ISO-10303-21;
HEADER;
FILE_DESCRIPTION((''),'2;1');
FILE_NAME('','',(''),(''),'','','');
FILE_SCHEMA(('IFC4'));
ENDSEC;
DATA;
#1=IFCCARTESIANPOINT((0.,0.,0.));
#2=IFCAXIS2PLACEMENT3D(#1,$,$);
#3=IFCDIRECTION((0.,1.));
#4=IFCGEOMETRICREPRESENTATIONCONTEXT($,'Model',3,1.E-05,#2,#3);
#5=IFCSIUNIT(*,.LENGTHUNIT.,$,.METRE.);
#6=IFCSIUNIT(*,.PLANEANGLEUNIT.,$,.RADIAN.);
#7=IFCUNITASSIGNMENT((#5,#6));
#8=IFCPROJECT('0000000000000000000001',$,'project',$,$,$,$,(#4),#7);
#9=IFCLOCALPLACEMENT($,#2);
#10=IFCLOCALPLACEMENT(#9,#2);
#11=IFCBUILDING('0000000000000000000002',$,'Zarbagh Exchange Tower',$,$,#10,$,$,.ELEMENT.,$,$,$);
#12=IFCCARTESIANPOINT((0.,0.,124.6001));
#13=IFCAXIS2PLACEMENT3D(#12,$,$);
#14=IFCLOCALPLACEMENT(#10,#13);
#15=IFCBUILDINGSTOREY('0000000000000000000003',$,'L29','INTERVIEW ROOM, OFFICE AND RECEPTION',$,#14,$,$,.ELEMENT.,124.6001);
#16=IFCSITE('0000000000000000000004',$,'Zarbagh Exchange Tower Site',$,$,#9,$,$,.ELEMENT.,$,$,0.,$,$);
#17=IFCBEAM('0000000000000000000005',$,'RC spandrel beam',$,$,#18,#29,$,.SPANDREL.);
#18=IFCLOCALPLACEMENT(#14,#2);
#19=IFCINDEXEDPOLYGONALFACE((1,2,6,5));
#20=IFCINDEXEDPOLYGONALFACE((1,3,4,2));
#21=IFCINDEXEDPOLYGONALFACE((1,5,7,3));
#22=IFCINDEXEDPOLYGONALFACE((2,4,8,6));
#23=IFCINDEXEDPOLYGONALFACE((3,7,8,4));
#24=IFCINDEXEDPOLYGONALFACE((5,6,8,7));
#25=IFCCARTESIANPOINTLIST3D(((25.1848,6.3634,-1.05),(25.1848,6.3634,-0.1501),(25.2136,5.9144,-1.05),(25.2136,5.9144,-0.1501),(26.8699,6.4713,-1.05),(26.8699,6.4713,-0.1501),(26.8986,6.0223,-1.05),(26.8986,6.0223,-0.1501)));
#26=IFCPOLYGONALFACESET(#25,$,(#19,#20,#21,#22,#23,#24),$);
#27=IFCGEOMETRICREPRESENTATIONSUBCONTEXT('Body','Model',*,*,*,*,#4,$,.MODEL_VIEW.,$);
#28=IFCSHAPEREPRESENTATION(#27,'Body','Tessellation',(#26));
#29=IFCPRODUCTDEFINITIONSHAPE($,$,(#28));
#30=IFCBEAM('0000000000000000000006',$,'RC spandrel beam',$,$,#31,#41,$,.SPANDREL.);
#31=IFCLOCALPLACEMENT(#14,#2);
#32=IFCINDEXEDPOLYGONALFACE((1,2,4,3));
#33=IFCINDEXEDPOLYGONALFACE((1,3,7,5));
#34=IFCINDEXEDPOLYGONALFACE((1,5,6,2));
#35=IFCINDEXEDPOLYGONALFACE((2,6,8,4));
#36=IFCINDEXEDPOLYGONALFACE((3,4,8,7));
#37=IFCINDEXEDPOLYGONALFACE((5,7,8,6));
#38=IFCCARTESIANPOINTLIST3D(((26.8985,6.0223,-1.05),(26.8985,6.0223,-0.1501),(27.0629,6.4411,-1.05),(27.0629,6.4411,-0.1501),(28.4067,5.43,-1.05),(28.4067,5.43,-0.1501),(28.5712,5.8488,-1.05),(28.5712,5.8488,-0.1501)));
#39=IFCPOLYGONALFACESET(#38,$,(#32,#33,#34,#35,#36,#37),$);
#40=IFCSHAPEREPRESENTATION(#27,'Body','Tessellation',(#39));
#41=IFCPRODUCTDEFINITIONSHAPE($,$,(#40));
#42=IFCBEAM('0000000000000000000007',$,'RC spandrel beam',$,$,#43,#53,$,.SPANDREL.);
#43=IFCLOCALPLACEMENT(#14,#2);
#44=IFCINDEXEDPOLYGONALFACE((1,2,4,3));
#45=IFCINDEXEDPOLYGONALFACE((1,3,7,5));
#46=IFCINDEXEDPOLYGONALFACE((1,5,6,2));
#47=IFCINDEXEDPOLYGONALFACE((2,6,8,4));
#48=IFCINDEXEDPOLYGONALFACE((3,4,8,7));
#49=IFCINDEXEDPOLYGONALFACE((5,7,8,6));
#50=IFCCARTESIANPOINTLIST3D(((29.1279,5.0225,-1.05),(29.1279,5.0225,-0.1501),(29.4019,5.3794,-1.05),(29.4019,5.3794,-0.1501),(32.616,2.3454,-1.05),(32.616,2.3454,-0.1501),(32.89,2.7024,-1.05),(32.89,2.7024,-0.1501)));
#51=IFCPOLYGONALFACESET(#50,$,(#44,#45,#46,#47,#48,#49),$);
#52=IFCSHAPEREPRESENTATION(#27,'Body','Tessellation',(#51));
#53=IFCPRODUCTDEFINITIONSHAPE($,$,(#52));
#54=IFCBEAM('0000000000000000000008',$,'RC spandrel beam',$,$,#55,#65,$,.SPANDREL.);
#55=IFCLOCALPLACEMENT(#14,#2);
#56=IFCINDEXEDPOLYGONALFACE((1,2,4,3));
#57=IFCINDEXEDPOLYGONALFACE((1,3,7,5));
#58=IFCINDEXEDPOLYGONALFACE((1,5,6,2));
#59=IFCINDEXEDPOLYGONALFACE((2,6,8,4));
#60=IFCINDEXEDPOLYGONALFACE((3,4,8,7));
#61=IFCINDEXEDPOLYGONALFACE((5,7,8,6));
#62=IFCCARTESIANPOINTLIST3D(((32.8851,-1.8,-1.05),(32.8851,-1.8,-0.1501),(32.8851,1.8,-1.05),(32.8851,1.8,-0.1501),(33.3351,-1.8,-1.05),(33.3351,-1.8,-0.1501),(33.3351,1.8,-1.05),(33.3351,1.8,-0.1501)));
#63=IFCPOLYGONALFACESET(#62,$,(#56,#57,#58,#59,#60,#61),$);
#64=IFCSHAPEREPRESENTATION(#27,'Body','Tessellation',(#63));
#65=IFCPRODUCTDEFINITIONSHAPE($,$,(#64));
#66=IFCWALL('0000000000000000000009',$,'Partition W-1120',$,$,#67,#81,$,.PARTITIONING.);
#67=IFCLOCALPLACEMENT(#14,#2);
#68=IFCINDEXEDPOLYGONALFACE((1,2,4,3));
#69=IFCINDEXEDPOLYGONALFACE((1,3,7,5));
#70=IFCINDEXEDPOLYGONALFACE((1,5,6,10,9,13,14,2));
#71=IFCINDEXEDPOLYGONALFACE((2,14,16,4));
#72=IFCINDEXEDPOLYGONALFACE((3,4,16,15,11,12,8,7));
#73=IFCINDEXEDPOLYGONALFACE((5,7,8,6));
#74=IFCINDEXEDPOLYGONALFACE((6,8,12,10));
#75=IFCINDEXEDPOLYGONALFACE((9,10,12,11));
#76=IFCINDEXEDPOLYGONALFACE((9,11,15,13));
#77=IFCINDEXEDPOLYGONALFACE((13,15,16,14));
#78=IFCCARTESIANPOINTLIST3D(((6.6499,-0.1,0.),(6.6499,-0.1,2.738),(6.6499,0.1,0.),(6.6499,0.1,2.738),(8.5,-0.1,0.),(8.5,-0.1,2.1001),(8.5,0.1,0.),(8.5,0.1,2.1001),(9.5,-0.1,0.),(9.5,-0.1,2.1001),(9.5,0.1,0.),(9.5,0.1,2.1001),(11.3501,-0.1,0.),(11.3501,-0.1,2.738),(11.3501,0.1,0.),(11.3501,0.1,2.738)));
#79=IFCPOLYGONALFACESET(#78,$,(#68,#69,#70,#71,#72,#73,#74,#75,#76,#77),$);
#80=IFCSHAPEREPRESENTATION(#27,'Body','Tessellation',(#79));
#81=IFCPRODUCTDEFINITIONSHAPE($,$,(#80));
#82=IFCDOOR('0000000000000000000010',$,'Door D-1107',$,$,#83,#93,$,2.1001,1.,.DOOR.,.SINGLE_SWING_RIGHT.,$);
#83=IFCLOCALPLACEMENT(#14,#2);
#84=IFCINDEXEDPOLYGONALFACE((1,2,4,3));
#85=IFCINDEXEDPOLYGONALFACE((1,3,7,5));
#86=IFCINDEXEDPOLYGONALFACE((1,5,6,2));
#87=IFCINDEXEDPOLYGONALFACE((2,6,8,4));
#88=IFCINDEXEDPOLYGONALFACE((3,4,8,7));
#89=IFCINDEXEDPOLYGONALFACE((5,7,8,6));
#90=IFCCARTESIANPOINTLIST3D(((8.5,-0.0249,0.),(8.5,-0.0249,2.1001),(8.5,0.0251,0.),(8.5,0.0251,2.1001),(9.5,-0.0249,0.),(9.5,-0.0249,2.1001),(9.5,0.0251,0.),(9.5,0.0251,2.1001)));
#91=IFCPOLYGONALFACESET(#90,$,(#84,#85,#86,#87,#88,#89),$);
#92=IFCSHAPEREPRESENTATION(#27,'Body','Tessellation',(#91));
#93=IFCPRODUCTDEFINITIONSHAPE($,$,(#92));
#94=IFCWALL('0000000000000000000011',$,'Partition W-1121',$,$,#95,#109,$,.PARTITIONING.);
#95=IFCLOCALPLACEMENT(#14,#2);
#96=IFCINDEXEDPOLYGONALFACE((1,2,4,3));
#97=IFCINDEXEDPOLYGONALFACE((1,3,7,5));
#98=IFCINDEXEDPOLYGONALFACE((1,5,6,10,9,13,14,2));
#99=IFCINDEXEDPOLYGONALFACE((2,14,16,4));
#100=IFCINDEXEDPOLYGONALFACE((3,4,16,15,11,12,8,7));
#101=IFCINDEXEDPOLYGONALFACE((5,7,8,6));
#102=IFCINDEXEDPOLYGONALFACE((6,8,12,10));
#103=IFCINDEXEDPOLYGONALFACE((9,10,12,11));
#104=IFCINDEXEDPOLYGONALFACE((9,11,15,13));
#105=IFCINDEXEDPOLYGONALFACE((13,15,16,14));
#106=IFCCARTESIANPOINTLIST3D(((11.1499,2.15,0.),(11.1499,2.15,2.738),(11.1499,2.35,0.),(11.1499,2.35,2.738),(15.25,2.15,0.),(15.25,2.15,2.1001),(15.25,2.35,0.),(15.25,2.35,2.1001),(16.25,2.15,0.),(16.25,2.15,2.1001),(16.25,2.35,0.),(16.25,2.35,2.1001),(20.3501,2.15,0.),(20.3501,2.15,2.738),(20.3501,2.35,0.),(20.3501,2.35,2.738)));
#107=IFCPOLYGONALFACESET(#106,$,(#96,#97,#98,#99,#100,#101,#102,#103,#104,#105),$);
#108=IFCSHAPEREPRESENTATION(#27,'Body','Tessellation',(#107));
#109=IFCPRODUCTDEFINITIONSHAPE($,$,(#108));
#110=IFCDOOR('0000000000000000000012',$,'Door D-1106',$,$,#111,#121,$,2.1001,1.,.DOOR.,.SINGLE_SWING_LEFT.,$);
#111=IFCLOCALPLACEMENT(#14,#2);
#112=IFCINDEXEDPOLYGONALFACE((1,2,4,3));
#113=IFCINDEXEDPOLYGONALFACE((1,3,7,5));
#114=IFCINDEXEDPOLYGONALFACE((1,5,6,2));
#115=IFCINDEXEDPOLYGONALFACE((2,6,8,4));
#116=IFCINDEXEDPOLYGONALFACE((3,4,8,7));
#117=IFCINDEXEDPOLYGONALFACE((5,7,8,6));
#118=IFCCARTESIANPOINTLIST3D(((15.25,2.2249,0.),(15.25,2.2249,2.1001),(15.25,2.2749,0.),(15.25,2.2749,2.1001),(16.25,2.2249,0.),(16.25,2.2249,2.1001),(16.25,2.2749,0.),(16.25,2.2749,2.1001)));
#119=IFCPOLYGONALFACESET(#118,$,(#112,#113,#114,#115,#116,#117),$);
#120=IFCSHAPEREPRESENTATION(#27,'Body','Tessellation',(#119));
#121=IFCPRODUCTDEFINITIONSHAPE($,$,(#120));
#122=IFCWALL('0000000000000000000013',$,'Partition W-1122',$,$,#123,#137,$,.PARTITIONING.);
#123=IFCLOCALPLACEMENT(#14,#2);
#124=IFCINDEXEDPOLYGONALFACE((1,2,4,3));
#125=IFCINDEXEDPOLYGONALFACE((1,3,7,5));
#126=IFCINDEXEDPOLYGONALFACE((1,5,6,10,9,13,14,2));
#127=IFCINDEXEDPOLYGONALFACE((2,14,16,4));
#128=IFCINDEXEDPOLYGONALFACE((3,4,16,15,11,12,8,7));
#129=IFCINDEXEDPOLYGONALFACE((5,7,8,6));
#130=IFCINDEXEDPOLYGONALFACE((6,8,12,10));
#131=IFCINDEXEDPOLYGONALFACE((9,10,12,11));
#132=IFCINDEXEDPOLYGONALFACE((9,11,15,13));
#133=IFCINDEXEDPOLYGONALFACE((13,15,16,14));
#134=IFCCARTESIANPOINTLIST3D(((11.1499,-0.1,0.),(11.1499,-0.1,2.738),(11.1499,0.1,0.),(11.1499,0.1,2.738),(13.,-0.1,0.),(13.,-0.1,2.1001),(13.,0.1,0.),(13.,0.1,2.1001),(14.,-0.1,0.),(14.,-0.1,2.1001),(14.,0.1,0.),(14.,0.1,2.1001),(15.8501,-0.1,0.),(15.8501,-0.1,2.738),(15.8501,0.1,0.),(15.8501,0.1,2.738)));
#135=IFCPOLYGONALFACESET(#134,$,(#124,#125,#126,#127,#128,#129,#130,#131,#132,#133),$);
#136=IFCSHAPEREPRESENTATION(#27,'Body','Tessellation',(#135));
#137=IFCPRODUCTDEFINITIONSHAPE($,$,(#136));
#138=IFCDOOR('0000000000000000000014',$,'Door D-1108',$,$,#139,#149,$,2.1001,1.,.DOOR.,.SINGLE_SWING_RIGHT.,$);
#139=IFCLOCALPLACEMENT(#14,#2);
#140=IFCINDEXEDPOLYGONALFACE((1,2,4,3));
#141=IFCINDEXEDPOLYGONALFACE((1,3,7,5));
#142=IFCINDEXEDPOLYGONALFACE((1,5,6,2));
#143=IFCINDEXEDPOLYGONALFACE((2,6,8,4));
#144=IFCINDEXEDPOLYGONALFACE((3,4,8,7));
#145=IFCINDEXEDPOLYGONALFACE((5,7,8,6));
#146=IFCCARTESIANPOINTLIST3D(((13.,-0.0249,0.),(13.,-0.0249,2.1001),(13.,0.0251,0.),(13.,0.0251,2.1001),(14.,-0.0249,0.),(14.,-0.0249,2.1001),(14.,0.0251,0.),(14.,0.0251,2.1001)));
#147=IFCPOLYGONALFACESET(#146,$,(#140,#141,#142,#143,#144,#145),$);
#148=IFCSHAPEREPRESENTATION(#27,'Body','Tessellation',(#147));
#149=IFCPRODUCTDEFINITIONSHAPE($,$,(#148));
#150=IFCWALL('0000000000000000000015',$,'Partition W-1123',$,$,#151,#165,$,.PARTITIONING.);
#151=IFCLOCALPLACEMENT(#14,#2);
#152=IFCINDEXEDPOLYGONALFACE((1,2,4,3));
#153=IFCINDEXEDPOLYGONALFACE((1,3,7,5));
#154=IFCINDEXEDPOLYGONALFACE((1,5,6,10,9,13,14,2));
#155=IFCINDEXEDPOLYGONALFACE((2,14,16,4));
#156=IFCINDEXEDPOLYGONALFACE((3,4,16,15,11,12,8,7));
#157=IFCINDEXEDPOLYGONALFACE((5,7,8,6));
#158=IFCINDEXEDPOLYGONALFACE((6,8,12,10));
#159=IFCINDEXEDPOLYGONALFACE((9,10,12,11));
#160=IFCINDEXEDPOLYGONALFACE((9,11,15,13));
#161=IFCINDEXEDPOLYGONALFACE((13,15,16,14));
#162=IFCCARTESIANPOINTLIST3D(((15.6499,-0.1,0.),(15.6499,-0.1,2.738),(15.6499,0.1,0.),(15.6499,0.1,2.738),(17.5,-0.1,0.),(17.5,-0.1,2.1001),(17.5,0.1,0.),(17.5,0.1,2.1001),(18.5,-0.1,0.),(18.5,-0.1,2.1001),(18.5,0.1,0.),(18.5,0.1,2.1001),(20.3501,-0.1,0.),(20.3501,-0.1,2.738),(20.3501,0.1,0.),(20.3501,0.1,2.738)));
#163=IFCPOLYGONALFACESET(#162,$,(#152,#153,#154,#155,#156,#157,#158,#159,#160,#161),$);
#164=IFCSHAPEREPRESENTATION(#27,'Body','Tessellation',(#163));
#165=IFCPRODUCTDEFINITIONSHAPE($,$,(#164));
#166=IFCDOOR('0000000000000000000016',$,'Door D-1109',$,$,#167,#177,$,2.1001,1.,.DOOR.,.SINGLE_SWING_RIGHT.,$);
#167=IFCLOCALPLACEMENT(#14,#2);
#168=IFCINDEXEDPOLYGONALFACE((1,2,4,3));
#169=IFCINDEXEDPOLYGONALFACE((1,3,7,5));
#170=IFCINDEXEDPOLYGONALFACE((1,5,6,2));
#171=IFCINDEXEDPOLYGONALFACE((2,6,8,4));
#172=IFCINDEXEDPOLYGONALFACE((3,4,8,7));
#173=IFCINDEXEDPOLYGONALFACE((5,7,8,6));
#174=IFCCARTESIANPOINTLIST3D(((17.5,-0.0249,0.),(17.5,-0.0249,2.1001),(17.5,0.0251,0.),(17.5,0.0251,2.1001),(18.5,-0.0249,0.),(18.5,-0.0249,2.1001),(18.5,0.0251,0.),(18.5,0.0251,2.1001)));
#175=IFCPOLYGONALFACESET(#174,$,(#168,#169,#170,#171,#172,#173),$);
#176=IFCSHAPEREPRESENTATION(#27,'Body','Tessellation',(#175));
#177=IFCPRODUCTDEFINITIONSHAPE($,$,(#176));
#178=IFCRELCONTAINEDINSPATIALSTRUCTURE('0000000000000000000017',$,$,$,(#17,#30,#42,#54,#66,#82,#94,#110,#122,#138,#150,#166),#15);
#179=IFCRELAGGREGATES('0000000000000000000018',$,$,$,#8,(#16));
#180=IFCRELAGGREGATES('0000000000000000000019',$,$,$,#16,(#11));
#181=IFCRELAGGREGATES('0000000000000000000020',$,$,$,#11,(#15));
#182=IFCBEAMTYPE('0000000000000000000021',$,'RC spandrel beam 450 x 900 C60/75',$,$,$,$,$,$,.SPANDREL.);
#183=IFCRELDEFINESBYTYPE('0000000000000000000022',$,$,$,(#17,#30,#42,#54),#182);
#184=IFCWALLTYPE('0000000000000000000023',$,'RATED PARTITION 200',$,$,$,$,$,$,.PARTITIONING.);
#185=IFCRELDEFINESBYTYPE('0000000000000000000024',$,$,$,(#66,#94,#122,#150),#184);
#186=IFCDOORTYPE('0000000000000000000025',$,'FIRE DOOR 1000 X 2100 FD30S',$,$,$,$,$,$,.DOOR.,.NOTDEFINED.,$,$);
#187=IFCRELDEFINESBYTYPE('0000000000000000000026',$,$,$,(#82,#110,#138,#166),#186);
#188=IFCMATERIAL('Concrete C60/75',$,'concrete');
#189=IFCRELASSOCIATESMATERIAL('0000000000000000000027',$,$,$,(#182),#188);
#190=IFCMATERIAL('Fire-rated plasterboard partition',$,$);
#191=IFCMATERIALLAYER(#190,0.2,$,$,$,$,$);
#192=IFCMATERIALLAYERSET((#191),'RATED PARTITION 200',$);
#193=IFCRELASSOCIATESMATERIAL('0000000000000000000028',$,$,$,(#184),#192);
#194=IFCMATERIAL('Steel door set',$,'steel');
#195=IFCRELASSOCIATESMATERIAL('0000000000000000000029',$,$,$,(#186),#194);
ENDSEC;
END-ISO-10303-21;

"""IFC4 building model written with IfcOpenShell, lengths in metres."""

from ifc_helpers import new_model, si_unit, direction, frame, frame_2d, origin, origin_2d, place, context, subcontext, project, spatial, rectangle, extrude, material, layer, layer_set, material_profile, profile_set, type_object, element, fill, save


model = new_model("IFC4")

# Units and contexts
model_context = context("Model", 3, precision=1e-05, world=origin(), true_north=direction((0.0, 1.0)))
body_context = subcontext(model_context, "Body", "Model", "MODEL_VIEW")
ifc_project = project(units=[si_unit("LENGTHUNIT", "METRE"), si_unit("PLANEANGLEUNIT", "RADIAN")], contexts=[model_context])

# Site, building, storey
site_placement = place(None, origin())
site = spatial("IfcSite", under=ifc_project, at=site_placement, Name="Zarbagh Exchange Tower Site", CompositionType="ELEMENT", RefElevation=0.0)
building_placement = place(site_placement, origin())
building = spatial("IfcBuilding", under=site, at=building_placement, Name="Zarbagh Exchange Tower", CompositionType="ELEMENT")
storey_placement = place(building_placement, frame((0.0, 0.0, 124.6001)))
storey = spatial("IfcBuildingStorey", under=building, at=storey_placement, Name="L29", Description="INTERVIEW ROOM, OFFICE AND RECEPTION", CompositionType="ELEMENT", Elevation=124.6001)

# Shared definitions
ifc_material_1 = material(Name="Concrete C60/75", Category="concrete")

# Beams
ifc_material_profile_1 = material_profile(ifc_material_1, rectangle(XDim=0.45, YDim=0.8999, at=origin_2d()), Name="RC spandrel beam 450 x 900 C60/75")
ifc_profile_set_1 = profile_set([ifc_material_profile_1], Name="Concrete C60/75")
beam_type_1 = type_object("IfcBeamType", Name="RC spandrel beam 450 x 900 C60/75", PredefinedType="SPANDREL", material=ifc_profile_set_1)
beam_1_placement = place(storey_placement, frame((25.1992, 6.1389, -0.6001), z_axis=(0.997956, 0.063908, 0.0), x_axis=(-0.063908, 0.997956, 0.0)))
element("IfcBeam", 1, at=beam_1_placement, inside=storey, type_object=beam_type_1, Name="RC spandrel beam", PredefinedType="SPANDREL", context=body_context, shape_type="SweptSolid", body=[
    extrude(rectangle(XDim=0.45, YDim=0.8999, at=origin_2d()), origin(), (0.0, 0.0, 1.0), 1.6885),
])
beam_2_placement = place(storey_placement, frame((26.9807, 6.2317, -0.6001), z_axis=(0.930806, -0.365513, 0.0), x_axis=(0.365513, 0.930806, 0.0)))
element("IfcBeam", 2, at=beam_2_placement, inside=storey, type_object=beam_type_1, Name="RC spandrel beam", PredefinedType="SPANDREL", context=body_context, shape_type="SweptSolid", body=[
    extrude(rectangle(XDim=0.45, YDim=0.8999, at=origin_2d()), origin(), (0.0, 0.0, 1.0), 1.6204),
])
beam_3_placement = place(storey_placement, frame((29.2649, 5.2009, -0.6001), z_axis=(0.793294, -0.608838, 0.0), x_axis=(0.608838, 0.793294, 0.0)))
element("IfcBeam", 3, at=beam_3_placement, inside=storey, type_object=beam_type_1, Name="RC spandrel beam", PredefinedType="SPANDREL", context=body_context, shape_type="SweptSolid", body=[
    extrude(rectangle(XDim=0.45, YDim=0.8999, at=origin_2d()), origin(), (0.0, 0.0, 1.0), 4.397),
])
beam_4_placement = place(storey_placement, frame((33.1101, 1.8, -0.6001), z_axis=(0.0, -1.0, 0.0), x_axis=(1.0, 0.0, 0.0)))
element("IfcBeam", 4, at=beam_4_placement, inside=storey, type_object=beam_type_1, Name="RC spandrel beam", PredefinedType="SPANDREL", context=body_context, shape_type="SweptSolid", body=[
    extrude(rectangle(XDim=0.45, YDim=0.8999, at=origin_2d()), origin(), (0.0, 0.0, 1.0), 3.6001),
])

# Walls, openings, doors
ifc_material_2 = material(Name="Fire-rated plasterboard partition")
ifc_layer = layer(ifc_material_2, 0.2)
ifc_layer_set = layer_set([ifc_layer], Name="RATED PARTITION 200")
wall_type = type_object("IfcWallType", Name="RATED PARTITION 200", PredefinedType="PARTITIONING", material=ifc_layer_set)
wall_1_placement = place(storey_placement, frame((11.3501, 0.0, 0.0), z_axis=(0.0, 0.0, 1.0), x_axis=(-1.0, 0.0, 0.0)))
wall_1 = element("IfcWall", 5, at=wall_1_placement, inside=storey, type_object=wall_type, Name="Partition W-1120", PredefinedType="PARTITIONING", context=body_context, shape_type="SweptSolid", body=[
    extrude(rectangle(XDim=4.7002, YDim=0.2, at=frame_2d((2.3501, 0.0))), origin(), (0.0, 0.0, 1.0), 2.738),
])
opening_1_placement = place(wall_1_placement, frame((1.8501, 0.0, 0.0)))
opening_1 = element("IfcOpeningElement", 6, at=opening_1_placement, cuts=wall_1, PredefinedType="OPENING", context=body_context, shape_type="SweptSolid", body=[
    extrude(rectangle(XDim=1.0, YDim=2.1001, at=frame_2d((0.5, 1.05))), frame((0.0, 0.1099, 0.0), z_axis=(0.0, -1.0, 0.0), x_axis=(1.0, 0.0, 0.0)), (0.0, 0.0, 1.0), 0.22),
])
ifc_material_3 = material(Name="Steel door set", Category="steel")
door_type_1 = type_object("IfcDoorType", Name="FIRE DOOR 1000 X 2100 FD30S", OperationType="NOTDEFINED", PredefinedType="DOOR", material=ifc_material_3)
door_1_placement = place(opening_1_placement, origin())
door_1 = element("IfcDoor", 7, at=door_1_placement, inside=storey, type_object=door_type_1, Name="Door D-1107", OperationType="SINGLE_SWING_RIGHT", OverallHeight=2.1001, OverallWidth=1.0, PredefinedType="DOOR", context=body_context, shape_type="SweptSolid", body=[
    extrude(rectangle(XDim=1.0, YDim=2.1001, at=frame_2d((0.5, 1.05))), frame((0.0, 0.0249, 0.0), z_axis=(0.0, -1.0, 0.0), x_axis=(1.0, 0.0, 0.0)), (0.0, 0.0, 1.0), 0.05),
])
fill(opening_1, door_1)
wall_2_placement = place(storey_placement, frame((11.1499, 2.25, 0.0), z_axis=(0.0, 0.0, 1.0), x_axis=(1.0, 0.0, 0.0)))
wall_2 = element("IfcWall", 8, at=wall_2_placement, inside=storey, type_object=wall_type, Name="Partition W-1121", PredefinedType="PARTITIONING", context=body_context, shape_type="SweptSolid", body=[
    extrude(rectangle(XDim=9.2002, YDim=0.2, at=frame_2d((4.6001, 0.0))), origin(), (0.0, 0.0, 1.0), 2.738),
])
opening_2_placement = place(wall_2_placement, frame((4.1001, 0.0, 0.0)))
opening_2 = element("IfcOpeningElement", 9, at=opening_2_placement, cuts=wall_2, PredefinedType="OPENING", context=body_context, shape_type="SweptSolid", body=[
    extrude(rectangle(XDim=1.0, YDim=2.1001, at=frame_2d((0.5, 1.05))), frame((0.0, 0.1099, 0.0), z_axis=(0.0, -1.0, 0.0), x_axis=(1.0, 0.0, 0.0)), (0.0, 0.0, 1.0), 0.22),
])
door_2_placement = place(opening_2_placement, origin())
door_2 = element("IfcDoor", 10, at=door_2_placement, inside=storey, type_object=door_type_1, Name="Door D-1106", OperationType="SINGLE_SWING_LEFT", OverallHeight=2.1001, OverallWidth=1.0, PredefinedType="DOOR", context=body_context, shape_type="SweptSolid", body=[
    extrude(rectangle(XDim=1.0, YDim=2.1001, at=frame_2d((0.5, 1.05))), frame((0.0, 0.0249, 0.0), z_axis=(0.0, -1.0, 0.0), x_axis=(1.0, 0.0, 0.0)), (0.0, 0.0, 1.0), 0.05),
])
fill(opening_2, door_2)
wall_3_placement = place(storey_placement, frame((15.8501, 0.0, 0.0), z_axis=(0.0, 0.0, 1.0), x_axis=(-1.0, 0.0, 0.0)))
wall_3 = element("IfcWall", 11, at=wall_3_placement, inside=storey, type_object=wall_type, Name="Partition W-1122", PredefinedType="PARTITIONING", context=body_context, shape_type="SweptSolid", body=[
    extrude(rectangle(XDim=4.7002, YDim=0.2, at=frame_2d((2.3501, 0.0))), origin(), (0.0, 0.0, 1.0), 2.738),
])
opening_3_placement = place(wall_3_placement, frame((1.8501, 0.0, 0.0)))
opening_3 = element("IfcOpeningElement", 12, at=opening_3_placement, cuts=wall_3, PredefinedType="OPENING", context=body_context, shape_type="SweptSolid", body=[
    extrude(rectangle(XDim=1.0, YDim=2.1001, at=frame_2d((0.5, 1.05))), frame((0.0, 0.1099, 0.0), z_axis=(0.0, -1.0, 0.0), x_axis=(1.0, 0.0, 0.0)), (0.0, 0.0, 1.0), 0.22),
])
door_3_placement = place(opening_3_placement, origin())
door_3 = element("IfcDoor", 13, at=door_3_placement, inside=storey, type_object=door_type_1, Name="Door D-1108", OperationType="SINGLE_SWING_RIGHT", OverallHeight=2.1001, OverallWidth=1.0, PredefinedType="DOOR", context=body_context, shape_type="SweptSolid", body=[
    extrude(rectangle(XDim=1.0, YDim=2.1001, at=frame_2d((0.5, 1.05))), frame((0.0, 0.0249, 0.0), z_axis=(0.0, -1.0, 0.0), x_axis=(1.0, 0.0, 0.0)), (0.0, 0.0, 1.0), 0.05),
])
fill(opening_3, door_3)
wall_4_placement = place(storey_placement, frame((20.3501, 0.0, 0.0), z_axis=(0.0, 0.0, 1.0), x_axis=(-1.0, 0.0, 0.0)))
wall_4 = element("IfcWall", 14, at=wall_4_placement, inside=storey, type_object=wall_type, Name="Partition W-1123", PredefinedType="PARTITIONING", context=body_context, shape_type="SweptSolid", body=[
    extrude(rectangle(XDim=4.7002, YDim=0.2, at=frame_2d((2.3501, 0.0))), origin(), (0.0, 0.0, 1.0), 2.738),
])
opening_4_placement = place(wall_4_placement, frame((1.8501, 0.0, 0.0)))
opening_4 = element("IfcOpeningElement", 15, at=opening_4_placement, cuts=wall_4, PredefinedType="OPENING", context=body_context, shape_type="SweptSolid", body=[
    extrude(rectangle(XDim=1.0, YDim=2.1001, at=frame_2d((0.5, 1.05))), frame((0.0, 0.1099, 0.0), z_axis=(0.0, -1.0, 0.0), x_axis=(1.0, 0.0, 0.0)), (0.0, 0.0, 1.0), 0.22),
])
door_4_placement = place(opening_4_placement, origin())
door_4 = element("IfcDoor", 16, at=door_4_placement, inside=storey, type_object=door_type_1, Name="Door D-1109", OperationType="SINGLE_SWING_RIGHT", OverallHeight=2.1001, OverallWidth=1.0, PredefinedType="DOOR", context=body_context, shape_type="SweptSolid", body=[
    extrude(rectangle(XDim=1.0, YDim=2.1001, at=frame_2d((0.5, 1.05))), frame((0.0, 0.0249, 0.0), z_axis=(0.0, -1.0, 0.0), x_axis=(1.0, 0.0, 0.0)), (0.0, 0.0, 1.0), 0.05),
])
fill(opening_4, door_4)

save(model, "model.ifc")
